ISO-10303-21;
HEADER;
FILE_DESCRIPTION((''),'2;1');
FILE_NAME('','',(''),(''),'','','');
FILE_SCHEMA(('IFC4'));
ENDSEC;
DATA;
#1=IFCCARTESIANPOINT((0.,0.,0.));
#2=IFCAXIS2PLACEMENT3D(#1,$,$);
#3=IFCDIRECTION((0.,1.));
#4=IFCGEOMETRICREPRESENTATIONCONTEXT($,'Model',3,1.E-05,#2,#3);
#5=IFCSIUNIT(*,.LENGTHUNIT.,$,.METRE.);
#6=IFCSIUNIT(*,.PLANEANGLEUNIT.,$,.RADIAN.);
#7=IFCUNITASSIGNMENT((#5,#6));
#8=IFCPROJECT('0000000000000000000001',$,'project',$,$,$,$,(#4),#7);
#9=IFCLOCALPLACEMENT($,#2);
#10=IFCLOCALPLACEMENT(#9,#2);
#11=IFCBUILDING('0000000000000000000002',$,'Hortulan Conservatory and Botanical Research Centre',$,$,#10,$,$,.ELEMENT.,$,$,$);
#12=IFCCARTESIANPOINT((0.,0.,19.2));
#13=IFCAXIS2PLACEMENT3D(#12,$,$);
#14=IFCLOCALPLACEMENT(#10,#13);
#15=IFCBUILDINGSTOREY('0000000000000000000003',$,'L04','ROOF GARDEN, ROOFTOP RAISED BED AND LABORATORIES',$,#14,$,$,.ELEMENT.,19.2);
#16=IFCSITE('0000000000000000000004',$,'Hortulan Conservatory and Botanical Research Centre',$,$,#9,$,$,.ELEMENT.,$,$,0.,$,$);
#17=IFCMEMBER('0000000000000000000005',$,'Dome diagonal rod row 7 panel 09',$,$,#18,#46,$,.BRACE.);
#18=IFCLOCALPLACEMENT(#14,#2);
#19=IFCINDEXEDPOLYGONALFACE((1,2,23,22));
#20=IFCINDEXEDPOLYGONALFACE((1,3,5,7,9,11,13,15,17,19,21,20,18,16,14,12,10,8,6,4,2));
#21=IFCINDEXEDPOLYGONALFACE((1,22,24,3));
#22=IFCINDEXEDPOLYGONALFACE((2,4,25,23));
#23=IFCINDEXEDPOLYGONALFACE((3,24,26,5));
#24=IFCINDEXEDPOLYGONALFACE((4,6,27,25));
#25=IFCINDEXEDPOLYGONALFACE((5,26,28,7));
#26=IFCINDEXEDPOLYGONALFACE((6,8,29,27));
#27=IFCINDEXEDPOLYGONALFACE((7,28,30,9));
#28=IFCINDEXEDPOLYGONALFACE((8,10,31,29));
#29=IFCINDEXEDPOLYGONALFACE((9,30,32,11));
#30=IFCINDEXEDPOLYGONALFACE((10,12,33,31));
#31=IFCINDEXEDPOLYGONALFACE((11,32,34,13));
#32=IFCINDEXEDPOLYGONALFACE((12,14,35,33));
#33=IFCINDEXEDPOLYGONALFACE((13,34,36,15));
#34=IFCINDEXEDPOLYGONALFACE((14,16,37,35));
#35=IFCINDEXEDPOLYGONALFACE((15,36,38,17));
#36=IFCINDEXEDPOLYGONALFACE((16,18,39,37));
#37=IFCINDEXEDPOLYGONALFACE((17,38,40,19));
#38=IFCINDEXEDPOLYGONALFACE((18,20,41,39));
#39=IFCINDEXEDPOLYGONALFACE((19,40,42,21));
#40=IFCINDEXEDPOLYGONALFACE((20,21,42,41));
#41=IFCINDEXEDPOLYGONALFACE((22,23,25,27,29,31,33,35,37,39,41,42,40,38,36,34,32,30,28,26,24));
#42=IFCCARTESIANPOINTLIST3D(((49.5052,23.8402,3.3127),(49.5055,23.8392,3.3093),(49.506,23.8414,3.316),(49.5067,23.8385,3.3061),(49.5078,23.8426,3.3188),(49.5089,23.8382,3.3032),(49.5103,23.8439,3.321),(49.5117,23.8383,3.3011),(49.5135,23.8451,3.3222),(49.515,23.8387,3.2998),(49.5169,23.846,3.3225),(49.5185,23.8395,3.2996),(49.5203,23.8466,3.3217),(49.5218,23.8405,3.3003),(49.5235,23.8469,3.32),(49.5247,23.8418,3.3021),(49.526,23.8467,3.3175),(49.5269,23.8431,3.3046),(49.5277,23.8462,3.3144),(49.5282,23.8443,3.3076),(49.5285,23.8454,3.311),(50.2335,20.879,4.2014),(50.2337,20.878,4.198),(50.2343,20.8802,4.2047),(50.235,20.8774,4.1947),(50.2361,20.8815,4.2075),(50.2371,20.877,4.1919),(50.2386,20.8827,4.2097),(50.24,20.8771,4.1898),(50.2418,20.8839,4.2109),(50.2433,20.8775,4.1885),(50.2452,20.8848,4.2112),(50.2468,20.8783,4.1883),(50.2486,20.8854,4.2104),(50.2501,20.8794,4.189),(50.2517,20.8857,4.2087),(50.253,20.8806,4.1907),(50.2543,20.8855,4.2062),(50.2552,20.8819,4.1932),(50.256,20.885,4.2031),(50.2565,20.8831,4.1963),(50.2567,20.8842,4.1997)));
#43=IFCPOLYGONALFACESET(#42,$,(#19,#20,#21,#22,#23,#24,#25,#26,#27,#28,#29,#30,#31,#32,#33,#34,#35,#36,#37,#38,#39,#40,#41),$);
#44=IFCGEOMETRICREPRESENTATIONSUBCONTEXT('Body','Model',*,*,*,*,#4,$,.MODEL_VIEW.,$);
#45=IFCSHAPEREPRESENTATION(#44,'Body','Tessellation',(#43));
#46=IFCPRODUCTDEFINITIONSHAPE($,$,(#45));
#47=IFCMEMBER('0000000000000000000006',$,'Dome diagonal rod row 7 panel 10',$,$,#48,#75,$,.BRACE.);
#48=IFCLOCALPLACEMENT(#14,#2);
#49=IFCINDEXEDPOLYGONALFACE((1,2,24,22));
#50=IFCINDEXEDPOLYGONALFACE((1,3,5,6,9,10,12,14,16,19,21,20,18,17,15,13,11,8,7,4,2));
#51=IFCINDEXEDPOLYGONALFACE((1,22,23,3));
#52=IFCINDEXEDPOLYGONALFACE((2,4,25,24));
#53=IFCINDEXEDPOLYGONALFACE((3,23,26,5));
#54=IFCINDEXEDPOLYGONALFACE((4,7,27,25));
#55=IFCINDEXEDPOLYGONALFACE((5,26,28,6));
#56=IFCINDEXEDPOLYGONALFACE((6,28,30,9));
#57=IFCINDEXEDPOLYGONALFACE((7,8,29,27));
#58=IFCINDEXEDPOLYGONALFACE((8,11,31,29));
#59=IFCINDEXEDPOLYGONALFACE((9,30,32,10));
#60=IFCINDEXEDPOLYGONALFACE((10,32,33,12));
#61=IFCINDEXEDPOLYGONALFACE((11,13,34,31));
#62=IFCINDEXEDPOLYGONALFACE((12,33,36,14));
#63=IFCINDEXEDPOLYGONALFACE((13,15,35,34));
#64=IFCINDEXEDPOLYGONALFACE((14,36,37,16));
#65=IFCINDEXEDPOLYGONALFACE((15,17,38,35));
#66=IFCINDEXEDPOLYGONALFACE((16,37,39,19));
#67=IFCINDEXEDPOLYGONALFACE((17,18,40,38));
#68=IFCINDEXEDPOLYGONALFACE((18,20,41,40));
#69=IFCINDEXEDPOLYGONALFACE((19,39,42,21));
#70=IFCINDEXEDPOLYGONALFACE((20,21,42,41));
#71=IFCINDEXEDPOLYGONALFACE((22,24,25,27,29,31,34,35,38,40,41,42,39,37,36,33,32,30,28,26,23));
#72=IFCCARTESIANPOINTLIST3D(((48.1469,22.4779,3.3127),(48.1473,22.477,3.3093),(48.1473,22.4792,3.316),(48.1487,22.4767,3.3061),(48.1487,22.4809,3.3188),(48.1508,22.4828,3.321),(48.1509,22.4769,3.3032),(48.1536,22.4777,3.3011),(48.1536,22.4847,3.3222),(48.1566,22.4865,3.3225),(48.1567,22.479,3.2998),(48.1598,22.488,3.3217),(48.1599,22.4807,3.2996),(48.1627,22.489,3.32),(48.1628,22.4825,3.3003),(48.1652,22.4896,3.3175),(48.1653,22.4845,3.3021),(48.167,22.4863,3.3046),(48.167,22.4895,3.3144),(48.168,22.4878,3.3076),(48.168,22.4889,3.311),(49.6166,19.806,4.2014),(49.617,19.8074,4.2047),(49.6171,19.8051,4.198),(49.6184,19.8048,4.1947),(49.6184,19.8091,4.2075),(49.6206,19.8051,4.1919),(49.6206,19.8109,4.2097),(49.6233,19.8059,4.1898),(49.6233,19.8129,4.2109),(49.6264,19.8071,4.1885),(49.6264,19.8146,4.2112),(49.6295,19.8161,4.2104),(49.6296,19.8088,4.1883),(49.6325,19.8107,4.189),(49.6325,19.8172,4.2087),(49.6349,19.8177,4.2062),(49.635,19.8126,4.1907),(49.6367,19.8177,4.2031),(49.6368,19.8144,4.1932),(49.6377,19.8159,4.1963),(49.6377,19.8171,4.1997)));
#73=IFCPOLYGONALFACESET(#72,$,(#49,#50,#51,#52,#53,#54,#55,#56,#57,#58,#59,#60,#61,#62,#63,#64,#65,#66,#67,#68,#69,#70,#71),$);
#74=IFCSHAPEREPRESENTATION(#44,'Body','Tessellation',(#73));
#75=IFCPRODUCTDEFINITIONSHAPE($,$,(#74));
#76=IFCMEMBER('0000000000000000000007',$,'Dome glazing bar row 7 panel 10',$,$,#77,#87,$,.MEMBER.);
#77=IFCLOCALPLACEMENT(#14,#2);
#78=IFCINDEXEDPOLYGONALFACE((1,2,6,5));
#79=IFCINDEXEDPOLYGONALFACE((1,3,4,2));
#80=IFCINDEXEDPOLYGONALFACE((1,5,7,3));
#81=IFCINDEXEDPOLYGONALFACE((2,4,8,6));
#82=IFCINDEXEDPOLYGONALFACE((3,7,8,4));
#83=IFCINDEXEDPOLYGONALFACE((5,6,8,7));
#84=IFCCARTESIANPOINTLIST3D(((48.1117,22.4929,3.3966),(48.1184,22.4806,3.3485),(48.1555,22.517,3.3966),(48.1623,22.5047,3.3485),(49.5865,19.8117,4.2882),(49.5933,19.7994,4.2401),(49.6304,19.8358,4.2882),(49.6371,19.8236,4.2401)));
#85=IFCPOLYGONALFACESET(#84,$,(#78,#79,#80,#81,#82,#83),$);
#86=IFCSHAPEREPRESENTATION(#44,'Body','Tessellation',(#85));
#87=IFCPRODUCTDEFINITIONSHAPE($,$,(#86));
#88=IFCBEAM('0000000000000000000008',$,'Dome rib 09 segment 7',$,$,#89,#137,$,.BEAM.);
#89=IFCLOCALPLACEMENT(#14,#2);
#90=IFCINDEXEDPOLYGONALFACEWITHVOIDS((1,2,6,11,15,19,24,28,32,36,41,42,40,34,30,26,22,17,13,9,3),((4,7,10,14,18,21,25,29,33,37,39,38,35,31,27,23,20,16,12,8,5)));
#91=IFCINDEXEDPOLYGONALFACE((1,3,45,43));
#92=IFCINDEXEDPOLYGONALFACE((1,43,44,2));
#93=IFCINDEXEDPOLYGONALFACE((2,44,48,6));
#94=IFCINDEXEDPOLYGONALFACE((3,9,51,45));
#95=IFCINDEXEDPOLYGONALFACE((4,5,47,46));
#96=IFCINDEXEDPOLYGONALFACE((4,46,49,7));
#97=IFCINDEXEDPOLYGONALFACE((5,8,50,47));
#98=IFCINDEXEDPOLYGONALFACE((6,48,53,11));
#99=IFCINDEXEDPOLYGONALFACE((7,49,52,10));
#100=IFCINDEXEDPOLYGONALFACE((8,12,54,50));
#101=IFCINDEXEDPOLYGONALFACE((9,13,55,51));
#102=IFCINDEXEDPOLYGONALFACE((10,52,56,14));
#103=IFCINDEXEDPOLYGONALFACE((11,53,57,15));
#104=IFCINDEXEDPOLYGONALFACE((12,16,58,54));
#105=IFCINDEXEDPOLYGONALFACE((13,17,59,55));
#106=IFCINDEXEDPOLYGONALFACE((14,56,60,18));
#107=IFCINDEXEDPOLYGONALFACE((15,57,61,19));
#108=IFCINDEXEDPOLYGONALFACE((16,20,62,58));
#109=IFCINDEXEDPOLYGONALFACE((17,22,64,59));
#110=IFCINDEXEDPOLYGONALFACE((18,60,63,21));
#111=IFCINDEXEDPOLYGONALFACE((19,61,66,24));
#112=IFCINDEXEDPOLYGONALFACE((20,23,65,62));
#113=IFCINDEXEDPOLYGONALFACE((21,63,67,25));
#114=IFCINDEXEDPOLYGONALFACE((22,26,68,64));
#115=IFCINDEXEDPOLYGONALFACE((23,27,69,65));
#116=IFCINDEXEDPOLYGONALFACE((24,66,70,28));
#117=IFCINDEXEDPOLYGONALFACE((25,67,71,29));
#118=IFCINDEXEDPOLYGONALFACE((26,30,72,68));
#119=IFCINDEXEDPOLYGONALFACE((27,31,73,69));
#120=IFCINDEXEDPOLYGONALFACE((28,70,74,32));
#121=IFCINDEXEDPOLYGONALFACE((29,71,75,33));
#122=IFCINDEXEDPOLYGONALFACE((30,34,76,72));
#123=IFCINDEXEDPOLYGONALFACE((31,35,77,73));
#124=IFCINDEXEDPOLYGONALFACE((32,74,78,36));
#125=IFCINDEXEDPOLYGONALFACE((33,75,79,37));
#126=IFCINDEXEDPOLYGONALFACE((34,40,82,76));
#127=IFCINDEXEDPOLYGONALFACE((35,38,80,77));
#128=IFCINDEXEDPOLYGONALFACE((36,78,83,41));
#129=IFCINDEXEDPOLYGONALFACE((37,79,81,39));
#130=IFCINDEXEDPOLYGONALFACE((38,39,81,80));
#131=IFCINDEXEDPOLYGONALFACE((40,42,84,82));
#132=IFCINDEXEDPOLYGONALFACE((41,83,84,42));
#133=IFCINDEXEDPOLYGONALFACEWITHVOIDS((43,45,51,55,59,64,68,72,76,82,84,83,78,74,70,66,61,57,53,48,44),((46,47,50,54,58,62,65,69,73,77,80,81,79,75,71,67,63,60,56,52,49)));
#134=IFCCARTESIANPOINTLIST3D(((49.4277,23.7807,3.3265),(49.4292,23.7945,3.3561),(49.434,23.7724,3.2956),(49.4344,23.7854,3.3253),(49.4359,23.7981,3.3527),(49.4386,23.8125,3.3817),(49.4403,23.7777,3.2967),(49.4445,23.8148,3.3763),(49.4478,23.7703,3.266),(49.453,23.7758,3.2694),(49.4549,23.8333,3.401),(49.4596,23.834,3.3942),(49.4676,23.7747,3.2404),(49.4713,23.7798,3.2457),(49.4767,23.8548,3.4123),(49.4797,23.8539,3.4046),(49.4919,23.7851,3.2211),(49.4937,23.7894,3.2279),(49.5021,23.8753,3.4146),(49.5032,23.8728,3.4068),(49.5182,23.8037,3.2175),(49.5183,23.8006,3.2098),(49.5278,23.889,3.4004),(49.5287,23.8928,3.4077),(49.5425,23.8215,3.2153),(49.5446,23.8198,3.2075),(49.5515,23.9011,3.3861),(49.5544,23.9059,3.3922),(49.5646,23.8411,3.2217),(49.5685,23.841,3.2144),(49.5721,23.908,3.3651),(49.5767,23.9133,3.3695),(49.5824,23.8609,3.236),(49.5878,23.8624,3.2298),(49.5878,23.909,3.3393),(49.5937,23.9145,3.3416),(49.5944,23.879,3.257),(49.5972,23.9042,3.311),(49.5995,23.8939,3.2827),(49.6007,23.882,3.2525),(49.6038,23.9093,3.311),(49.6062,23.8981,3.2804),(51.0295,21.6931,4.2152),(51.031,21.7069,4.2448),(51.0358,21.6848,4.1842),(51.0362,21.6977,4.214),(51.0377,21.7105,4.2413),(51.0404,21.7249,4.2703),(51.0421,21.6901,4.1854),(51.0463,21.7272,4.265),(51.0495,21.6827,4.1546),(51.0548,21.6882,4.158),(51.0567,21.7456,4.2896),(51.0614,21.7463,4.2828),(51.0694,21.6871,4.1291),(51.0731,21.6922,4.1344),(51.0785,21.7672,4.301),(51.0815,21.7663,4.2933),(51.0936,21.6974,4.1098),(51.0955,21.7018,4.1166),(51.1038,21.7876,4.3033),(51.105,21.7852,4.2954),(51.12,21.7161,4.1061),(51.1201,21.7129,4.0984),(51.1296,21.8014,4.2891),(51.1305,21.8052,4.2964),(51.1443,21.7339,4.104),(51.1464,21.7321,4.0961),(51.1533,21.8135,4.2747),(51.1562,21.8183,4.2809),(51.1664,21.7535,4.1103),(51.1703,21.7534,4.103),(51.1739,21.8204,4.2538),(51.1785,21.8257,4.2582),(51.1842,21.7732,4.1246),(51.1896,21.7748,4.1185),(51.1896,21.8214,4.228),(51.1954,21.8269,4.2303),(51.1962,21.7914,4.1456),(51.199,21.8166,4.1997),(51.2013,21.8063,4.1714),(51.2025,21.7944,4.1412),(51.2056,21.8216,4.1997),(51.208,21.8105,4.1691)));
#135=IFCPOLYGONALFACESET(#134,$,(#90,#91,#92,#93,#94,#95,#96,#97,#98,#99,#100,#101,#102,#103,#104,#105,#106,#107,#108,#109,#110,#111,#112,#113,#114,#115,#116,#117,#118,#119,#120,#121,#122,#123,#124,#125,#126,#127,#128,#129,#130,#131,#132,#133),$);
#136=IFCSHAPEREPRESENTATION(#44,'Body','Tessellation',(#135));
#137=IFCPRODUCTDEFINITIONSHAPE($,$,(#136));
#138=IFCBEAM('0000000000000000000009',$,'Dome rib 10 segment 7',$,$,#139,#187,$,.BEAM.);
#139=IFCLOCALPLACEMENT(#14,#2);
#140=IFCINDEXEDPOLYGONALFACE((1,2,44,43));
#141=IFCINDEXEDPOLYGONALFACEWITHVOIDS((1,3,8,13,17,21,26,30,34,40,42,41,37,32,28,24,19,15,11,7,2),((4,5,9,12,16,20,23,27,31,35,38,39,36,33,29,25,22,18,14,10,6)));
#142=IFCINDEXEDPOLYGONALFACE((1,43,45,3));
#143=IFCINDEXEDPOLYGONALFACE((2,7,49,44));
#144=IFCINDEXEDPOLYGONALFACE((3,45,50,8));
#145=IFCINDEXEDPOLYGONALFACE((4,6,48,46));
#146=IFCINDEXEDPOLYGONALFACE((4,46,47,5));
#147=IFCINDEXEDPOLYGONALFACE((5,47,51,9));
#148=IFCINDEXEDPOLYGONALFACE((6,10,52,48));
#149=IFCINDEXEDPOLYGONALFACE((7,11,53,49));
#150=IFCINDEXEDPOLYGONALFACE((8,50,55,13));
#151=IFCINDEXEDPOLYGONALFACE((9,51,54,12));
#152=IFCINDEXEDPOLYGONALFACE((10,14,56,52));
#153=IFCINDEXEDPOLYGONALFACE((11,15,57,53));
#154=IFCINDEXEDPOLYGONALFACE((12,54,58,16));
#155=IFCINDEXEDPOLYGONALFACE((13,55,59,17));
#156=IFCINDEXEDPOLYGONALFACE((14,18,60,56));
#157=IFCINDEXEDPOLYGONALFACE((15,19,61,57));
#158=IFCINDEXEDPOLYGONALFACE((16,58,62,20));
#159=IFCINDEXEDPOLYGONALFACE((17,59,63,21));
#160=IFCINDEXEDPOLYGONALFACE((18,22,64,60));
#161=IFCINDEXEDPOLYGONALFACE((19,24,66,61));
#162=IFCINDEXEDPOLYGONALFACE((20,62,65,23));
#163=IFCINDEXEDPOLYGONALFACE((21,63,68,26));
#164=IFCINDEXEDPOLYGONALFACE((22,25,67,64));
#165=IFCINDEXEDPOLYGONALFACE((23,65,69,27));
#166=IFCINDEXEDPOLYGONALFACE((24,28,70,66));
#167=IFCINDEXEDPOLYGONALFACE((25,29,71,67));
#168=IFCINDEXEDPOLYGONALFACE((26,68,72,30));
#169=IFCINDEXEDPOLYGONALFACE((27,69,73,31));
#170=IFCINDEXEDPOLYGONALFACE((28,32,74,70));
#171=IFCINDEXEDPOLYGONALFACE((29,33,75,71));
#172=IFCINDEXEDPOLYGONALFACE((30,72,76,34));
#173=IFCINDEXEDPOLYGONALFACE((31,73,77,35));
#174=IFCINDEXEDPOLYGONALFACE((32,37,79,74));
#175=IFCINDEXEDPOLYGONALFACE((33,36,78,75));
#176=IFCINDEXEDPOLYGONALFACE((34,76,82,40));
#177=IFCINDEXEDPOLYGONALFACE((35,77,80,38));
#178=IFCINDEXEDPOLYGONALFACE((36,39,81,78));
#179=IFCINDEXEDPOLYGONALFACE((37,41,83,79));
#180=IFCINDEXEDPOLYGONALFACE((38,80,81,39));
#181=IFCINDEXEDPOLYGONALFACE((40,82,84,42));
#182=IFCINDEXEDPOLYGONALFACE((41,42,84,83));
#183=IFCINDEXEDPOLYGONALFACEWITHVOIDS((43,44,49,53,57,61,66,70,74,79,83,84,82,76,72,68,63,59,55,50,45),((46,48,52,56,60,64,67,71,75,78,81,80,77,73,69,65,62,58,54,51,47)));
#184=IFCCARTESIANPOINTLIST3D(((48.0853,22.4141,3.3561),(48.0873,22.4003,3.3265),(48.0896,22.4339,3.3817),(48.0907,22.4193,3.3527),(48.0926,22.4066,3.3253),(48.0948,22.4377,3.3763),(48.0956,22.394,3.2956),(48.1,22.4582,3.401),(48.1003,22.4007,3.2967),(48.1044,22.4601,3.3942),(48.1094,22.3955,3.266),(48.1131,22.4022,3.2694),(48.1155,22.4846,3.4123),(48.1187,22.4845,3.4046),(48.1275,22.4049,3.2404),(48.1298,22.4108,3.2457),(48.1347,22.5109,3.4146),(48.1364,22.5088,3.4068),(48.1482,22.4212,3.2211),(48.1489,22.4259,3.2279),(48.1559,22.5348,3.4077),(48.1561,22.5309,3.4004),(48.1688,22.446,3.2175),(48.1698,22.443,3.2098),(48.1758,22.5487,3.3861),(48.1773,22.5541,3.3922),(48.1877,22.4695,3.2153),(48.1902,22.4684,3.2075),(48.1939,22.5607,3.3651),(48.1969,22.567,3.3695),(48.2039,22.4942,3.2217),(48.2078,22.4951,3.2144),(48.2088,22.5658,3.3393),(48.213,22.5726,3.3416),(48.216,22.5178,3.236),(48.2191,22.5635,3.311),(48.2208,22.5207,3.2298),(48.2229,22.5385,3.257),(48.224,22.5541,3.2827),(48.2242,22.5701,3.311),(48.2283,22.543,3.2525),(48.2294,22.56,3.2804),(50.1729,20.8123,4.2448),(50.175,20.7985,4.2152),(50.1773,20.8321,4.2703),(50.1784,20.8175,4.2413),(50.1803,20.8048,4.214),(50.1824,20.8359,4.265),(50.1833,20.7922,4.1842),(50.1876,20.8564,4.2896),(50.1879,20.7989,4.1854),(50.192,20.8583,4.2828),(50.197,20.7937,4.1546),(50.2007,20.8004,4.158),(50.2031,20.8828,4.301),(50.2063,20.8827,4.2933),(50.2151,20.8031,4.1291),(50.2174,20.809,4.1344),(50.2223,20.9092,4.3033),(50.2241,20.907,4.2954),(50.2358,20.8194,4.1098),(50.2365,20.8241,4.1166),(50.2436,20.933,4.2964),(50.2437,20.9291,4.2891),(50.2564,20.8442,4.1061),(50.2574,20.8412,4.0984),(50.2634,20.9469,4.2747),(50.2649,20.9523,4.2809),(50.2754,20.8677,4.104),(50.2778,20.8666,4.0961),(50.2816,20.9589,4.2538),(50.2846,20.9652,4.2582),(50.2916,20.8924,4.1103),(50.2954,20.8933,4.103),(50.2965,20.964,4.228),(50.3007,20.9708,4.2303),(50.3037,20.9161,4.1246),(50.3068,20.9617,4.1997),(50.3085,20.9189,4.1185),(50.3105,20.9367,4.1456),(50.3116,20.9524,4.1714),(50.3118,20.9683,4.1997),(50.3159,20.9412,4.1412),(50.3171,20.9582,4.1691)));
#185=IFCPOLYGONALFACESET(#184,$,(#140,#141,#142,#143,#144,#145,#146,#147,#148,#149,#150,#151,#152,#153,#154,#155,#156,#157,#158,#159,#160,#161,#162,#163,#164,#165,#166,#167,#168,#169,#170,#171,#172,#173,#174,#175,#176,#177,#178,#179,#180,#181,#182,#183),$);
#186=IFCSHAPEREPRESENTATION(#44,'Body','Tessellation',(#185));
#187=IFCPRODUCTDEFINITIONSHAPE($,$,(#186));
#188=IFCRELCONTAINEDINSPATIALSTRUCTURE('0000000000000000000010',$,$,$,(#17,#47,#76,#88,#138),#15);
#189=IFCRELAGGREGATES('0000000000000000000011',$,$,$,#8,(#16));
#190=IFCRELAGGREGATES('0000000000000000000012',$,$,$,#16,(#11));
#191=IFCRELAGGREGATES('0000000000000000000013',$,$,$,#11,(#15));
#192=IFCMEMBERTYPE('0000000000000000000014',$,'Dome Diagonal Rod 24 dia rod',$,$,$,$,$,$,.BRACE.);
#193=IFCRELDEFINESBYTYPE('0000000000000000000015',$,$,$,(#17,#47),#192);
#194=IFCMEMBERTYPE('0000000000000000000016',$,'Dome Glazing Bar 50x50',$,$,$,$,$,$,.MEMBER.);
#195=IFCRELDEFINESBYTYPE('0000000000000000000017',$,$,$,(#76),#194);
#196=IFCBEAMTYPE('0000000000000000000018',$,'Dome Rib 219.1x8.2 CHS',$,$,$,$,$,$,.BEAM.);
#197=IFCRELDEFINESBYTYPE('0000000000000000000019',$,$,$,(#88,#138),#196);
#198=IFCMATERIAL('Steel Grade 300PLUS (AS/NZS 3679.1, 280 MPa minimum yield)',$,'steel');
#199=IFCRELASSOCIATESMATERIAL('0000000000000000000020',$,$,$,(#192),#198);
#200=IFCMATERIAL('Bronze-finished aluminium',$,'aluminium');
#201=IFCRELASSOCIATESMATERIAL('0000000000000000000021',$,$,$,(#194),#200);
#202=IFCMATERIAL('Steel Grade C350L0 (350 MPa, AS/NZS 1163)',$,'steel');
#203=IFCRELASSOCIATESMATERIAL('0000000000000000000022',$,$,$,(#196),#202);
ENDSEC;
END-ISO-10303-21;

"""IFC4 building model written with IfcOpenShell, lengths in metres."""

from ifc_helpers import new_model, si_unit, direction, frame, origin, origin_2d, place, context, subcontext, project, spatial, rectangle, circle, hollow_circle, extrude, material, material_profile, profile_set, type_object, element, save


model = new_model("IFC4")

# Units and contexts
model_context = context("Model", 3, precision=1e-05, world=origin(), true_north=direction((0.0, 1.0)))
body_context = subcontext(model_context, "Body", "Model", "MODEL_VIEW")
ifc_project = project(units=[si_unit("LENGTHUNIT", "METRE"), si_unit("PLANEANGLEUNIT", "RADIAN")], contexts=[model_context])

# Site, building, storey
site_placement = place(None, origin())
site = spatial("IfcSite", under=ifc_project, at=site_placement, Name="Hortulan Conservatory and Botanical Research Centre", CompositionType="ELEMENT", RefElevation=0.0)
building_placement = place(site_placement, origin())
building = spatial("IfcBuilding", under=site, at=building_placement, Name="Hortulan Conservatory and Botanical Research Centre", CompositionType="ELEMENT")
storey_placement = place(building_placement, frame((0.0, 0.0, 19.2)))
storey = spatial("IfcBuildingStorey", under=building, at=storey_placement, Name="L04", Description="ROOF GARDEN, ROOFTOP RAISED BED AND LABORATORIES", CompositionType="ELEMENT", Elevation=19.2)

# Members
ifc_material_1 = material(Name="Steel Grade 300PLUS (AS/NZS 3679.1, 280 MPa minimum yield)", Category="steel")
ifc_material_profile_1 = material_profile(ifc_material_1, circle(Radius=0.012, at=origin_2d()), Name="24 dia rod")
ifc_profile_set_1 = profile_set([ifc_material_profile_1], Name="Steel Grade 300PLUS (AS/NZS 3679.1, 280 MPa minimum yield)")
member_type_1 = type_object("IfcMemberType", Name="Dome Diagonal Rod 24 dia rod", PredefinedType="BRACE", material=ifc_profile_set_1)
for number, where, z_axis, x_axis, name in (
    (1, (49.5168, 23.8425, 3.311), (0.229285, -0.932282, 0.279784), (0.971063, 0.238823, 0.0), "Dome diagonal rod row 7 panel 09"),
    (2, (48.1575, 22.4832, 3.311), (0.46272, -0.841197, 0.279784), (0.876189, 0.481968, 0.0), "Dome diagonal rod row 7 panel 10"),
):
    element("IfcMember", number, at=place(storey_placement, frame(where, z_axis=z_axis, x_axis=x_axis)), inside=storey, type_object=member_type_1, Name=name, PredefinedType="BRACE", context=body_context, shape_type="SweptSolid", body=[
        extrude(circle(Radius=0.012, at=origin_2d()), origin(), (0.0, 0.0, 1.0), 3.1763),
    ])
ifc_material_2 = material(Name="Bronze-finished aluminium", Category="aluminium")
ifc_material_profile_2 = material_profile(ifc_material_2, rectangle(XDim=0.05, YDim=0.05, at=origin_2d()), Name="Square bar 50x50")
ifc_profile_set_2 = profile_set([ifc_material_profile_2], Name="Bronze-finished aluminium")
member_type_2 = type_object("IfcMemberType", Name="Dome Glazing Bar 50x50", PredefinedType="MEMBER", material=ifc_profile_set_2)
member_1_placement = place(storey_placement, frame((48.137, 22.4988, 3.3726), z_axis=(0.462732, -0.841205, 0.279738), x_axis=(0.876186, 0.481974, 0.0)))
element("IfcMember", 3, at=member_1_placement, inside=storey, type_object=member_type_2, Name="Dome glazing bar row 7 panel 10", PredefinedType="MEMBER", context=body_context, shape_type="SweptSolid", body=[
    extrude(rectangle(XDim=0.05, YDim=0.05, at=origin_2d()), origin(), (0.0, 0.0, 1.0), 3.1873),
])

# Beams
ifc_material_3 = material(Name="Steel Grade C350L0 (350 MPa, AS/NZS 1163)", Category="steel")
ifc_material_profile_3 = material_profile(ifc_material_3, hollow_circle(Radius=0.1096, WallThickness=0.0083, at=origin_2d()), Name="219.1x8.2CHS")
ifc_profile_set_3 = profile_set([ifc_material_profile_3], Name="Steel Grade C350L0 (350 MPa, AS/NZS 1163)")
beam_type = type_object("IfcBeamType", Name="Dome Rib 219.1x8.2 CHS", PredefinedType="BEAM", material=ifc_profile_set_3)
for number, where, z_axis, x_axis, name in (
    (4, (49.5168, 23.8425, 3.311), (0.576735, -0.751663, 0.319969), (0.793372, 0.608737, 0.0), "Dome rib 09 segment 7"),
    (5, (48.1575, 22.4832, 3.311), (0.751663, -0.576735, 0.319969), (0.608737, 0.793372, 0.0), "Dome rib 10 segment 7"),
):
    element("IfcBeam", number, at=place(storey_placement, frame(where, z_axis=z_axis, x_axis=x_axis)), inside=storey, type_object=beam_type, Name=name, PredefinedType="BEAM", context=body_context, shape_type="SweptSolid", body=[
        extrude(hollow_circle(Radius=0.1096, WallThickness=0.0083, at=origin_2d()), origin(), (0.0, 0.0, 1.0), 2.7773),
    ])

save(model, "model.ifc")
